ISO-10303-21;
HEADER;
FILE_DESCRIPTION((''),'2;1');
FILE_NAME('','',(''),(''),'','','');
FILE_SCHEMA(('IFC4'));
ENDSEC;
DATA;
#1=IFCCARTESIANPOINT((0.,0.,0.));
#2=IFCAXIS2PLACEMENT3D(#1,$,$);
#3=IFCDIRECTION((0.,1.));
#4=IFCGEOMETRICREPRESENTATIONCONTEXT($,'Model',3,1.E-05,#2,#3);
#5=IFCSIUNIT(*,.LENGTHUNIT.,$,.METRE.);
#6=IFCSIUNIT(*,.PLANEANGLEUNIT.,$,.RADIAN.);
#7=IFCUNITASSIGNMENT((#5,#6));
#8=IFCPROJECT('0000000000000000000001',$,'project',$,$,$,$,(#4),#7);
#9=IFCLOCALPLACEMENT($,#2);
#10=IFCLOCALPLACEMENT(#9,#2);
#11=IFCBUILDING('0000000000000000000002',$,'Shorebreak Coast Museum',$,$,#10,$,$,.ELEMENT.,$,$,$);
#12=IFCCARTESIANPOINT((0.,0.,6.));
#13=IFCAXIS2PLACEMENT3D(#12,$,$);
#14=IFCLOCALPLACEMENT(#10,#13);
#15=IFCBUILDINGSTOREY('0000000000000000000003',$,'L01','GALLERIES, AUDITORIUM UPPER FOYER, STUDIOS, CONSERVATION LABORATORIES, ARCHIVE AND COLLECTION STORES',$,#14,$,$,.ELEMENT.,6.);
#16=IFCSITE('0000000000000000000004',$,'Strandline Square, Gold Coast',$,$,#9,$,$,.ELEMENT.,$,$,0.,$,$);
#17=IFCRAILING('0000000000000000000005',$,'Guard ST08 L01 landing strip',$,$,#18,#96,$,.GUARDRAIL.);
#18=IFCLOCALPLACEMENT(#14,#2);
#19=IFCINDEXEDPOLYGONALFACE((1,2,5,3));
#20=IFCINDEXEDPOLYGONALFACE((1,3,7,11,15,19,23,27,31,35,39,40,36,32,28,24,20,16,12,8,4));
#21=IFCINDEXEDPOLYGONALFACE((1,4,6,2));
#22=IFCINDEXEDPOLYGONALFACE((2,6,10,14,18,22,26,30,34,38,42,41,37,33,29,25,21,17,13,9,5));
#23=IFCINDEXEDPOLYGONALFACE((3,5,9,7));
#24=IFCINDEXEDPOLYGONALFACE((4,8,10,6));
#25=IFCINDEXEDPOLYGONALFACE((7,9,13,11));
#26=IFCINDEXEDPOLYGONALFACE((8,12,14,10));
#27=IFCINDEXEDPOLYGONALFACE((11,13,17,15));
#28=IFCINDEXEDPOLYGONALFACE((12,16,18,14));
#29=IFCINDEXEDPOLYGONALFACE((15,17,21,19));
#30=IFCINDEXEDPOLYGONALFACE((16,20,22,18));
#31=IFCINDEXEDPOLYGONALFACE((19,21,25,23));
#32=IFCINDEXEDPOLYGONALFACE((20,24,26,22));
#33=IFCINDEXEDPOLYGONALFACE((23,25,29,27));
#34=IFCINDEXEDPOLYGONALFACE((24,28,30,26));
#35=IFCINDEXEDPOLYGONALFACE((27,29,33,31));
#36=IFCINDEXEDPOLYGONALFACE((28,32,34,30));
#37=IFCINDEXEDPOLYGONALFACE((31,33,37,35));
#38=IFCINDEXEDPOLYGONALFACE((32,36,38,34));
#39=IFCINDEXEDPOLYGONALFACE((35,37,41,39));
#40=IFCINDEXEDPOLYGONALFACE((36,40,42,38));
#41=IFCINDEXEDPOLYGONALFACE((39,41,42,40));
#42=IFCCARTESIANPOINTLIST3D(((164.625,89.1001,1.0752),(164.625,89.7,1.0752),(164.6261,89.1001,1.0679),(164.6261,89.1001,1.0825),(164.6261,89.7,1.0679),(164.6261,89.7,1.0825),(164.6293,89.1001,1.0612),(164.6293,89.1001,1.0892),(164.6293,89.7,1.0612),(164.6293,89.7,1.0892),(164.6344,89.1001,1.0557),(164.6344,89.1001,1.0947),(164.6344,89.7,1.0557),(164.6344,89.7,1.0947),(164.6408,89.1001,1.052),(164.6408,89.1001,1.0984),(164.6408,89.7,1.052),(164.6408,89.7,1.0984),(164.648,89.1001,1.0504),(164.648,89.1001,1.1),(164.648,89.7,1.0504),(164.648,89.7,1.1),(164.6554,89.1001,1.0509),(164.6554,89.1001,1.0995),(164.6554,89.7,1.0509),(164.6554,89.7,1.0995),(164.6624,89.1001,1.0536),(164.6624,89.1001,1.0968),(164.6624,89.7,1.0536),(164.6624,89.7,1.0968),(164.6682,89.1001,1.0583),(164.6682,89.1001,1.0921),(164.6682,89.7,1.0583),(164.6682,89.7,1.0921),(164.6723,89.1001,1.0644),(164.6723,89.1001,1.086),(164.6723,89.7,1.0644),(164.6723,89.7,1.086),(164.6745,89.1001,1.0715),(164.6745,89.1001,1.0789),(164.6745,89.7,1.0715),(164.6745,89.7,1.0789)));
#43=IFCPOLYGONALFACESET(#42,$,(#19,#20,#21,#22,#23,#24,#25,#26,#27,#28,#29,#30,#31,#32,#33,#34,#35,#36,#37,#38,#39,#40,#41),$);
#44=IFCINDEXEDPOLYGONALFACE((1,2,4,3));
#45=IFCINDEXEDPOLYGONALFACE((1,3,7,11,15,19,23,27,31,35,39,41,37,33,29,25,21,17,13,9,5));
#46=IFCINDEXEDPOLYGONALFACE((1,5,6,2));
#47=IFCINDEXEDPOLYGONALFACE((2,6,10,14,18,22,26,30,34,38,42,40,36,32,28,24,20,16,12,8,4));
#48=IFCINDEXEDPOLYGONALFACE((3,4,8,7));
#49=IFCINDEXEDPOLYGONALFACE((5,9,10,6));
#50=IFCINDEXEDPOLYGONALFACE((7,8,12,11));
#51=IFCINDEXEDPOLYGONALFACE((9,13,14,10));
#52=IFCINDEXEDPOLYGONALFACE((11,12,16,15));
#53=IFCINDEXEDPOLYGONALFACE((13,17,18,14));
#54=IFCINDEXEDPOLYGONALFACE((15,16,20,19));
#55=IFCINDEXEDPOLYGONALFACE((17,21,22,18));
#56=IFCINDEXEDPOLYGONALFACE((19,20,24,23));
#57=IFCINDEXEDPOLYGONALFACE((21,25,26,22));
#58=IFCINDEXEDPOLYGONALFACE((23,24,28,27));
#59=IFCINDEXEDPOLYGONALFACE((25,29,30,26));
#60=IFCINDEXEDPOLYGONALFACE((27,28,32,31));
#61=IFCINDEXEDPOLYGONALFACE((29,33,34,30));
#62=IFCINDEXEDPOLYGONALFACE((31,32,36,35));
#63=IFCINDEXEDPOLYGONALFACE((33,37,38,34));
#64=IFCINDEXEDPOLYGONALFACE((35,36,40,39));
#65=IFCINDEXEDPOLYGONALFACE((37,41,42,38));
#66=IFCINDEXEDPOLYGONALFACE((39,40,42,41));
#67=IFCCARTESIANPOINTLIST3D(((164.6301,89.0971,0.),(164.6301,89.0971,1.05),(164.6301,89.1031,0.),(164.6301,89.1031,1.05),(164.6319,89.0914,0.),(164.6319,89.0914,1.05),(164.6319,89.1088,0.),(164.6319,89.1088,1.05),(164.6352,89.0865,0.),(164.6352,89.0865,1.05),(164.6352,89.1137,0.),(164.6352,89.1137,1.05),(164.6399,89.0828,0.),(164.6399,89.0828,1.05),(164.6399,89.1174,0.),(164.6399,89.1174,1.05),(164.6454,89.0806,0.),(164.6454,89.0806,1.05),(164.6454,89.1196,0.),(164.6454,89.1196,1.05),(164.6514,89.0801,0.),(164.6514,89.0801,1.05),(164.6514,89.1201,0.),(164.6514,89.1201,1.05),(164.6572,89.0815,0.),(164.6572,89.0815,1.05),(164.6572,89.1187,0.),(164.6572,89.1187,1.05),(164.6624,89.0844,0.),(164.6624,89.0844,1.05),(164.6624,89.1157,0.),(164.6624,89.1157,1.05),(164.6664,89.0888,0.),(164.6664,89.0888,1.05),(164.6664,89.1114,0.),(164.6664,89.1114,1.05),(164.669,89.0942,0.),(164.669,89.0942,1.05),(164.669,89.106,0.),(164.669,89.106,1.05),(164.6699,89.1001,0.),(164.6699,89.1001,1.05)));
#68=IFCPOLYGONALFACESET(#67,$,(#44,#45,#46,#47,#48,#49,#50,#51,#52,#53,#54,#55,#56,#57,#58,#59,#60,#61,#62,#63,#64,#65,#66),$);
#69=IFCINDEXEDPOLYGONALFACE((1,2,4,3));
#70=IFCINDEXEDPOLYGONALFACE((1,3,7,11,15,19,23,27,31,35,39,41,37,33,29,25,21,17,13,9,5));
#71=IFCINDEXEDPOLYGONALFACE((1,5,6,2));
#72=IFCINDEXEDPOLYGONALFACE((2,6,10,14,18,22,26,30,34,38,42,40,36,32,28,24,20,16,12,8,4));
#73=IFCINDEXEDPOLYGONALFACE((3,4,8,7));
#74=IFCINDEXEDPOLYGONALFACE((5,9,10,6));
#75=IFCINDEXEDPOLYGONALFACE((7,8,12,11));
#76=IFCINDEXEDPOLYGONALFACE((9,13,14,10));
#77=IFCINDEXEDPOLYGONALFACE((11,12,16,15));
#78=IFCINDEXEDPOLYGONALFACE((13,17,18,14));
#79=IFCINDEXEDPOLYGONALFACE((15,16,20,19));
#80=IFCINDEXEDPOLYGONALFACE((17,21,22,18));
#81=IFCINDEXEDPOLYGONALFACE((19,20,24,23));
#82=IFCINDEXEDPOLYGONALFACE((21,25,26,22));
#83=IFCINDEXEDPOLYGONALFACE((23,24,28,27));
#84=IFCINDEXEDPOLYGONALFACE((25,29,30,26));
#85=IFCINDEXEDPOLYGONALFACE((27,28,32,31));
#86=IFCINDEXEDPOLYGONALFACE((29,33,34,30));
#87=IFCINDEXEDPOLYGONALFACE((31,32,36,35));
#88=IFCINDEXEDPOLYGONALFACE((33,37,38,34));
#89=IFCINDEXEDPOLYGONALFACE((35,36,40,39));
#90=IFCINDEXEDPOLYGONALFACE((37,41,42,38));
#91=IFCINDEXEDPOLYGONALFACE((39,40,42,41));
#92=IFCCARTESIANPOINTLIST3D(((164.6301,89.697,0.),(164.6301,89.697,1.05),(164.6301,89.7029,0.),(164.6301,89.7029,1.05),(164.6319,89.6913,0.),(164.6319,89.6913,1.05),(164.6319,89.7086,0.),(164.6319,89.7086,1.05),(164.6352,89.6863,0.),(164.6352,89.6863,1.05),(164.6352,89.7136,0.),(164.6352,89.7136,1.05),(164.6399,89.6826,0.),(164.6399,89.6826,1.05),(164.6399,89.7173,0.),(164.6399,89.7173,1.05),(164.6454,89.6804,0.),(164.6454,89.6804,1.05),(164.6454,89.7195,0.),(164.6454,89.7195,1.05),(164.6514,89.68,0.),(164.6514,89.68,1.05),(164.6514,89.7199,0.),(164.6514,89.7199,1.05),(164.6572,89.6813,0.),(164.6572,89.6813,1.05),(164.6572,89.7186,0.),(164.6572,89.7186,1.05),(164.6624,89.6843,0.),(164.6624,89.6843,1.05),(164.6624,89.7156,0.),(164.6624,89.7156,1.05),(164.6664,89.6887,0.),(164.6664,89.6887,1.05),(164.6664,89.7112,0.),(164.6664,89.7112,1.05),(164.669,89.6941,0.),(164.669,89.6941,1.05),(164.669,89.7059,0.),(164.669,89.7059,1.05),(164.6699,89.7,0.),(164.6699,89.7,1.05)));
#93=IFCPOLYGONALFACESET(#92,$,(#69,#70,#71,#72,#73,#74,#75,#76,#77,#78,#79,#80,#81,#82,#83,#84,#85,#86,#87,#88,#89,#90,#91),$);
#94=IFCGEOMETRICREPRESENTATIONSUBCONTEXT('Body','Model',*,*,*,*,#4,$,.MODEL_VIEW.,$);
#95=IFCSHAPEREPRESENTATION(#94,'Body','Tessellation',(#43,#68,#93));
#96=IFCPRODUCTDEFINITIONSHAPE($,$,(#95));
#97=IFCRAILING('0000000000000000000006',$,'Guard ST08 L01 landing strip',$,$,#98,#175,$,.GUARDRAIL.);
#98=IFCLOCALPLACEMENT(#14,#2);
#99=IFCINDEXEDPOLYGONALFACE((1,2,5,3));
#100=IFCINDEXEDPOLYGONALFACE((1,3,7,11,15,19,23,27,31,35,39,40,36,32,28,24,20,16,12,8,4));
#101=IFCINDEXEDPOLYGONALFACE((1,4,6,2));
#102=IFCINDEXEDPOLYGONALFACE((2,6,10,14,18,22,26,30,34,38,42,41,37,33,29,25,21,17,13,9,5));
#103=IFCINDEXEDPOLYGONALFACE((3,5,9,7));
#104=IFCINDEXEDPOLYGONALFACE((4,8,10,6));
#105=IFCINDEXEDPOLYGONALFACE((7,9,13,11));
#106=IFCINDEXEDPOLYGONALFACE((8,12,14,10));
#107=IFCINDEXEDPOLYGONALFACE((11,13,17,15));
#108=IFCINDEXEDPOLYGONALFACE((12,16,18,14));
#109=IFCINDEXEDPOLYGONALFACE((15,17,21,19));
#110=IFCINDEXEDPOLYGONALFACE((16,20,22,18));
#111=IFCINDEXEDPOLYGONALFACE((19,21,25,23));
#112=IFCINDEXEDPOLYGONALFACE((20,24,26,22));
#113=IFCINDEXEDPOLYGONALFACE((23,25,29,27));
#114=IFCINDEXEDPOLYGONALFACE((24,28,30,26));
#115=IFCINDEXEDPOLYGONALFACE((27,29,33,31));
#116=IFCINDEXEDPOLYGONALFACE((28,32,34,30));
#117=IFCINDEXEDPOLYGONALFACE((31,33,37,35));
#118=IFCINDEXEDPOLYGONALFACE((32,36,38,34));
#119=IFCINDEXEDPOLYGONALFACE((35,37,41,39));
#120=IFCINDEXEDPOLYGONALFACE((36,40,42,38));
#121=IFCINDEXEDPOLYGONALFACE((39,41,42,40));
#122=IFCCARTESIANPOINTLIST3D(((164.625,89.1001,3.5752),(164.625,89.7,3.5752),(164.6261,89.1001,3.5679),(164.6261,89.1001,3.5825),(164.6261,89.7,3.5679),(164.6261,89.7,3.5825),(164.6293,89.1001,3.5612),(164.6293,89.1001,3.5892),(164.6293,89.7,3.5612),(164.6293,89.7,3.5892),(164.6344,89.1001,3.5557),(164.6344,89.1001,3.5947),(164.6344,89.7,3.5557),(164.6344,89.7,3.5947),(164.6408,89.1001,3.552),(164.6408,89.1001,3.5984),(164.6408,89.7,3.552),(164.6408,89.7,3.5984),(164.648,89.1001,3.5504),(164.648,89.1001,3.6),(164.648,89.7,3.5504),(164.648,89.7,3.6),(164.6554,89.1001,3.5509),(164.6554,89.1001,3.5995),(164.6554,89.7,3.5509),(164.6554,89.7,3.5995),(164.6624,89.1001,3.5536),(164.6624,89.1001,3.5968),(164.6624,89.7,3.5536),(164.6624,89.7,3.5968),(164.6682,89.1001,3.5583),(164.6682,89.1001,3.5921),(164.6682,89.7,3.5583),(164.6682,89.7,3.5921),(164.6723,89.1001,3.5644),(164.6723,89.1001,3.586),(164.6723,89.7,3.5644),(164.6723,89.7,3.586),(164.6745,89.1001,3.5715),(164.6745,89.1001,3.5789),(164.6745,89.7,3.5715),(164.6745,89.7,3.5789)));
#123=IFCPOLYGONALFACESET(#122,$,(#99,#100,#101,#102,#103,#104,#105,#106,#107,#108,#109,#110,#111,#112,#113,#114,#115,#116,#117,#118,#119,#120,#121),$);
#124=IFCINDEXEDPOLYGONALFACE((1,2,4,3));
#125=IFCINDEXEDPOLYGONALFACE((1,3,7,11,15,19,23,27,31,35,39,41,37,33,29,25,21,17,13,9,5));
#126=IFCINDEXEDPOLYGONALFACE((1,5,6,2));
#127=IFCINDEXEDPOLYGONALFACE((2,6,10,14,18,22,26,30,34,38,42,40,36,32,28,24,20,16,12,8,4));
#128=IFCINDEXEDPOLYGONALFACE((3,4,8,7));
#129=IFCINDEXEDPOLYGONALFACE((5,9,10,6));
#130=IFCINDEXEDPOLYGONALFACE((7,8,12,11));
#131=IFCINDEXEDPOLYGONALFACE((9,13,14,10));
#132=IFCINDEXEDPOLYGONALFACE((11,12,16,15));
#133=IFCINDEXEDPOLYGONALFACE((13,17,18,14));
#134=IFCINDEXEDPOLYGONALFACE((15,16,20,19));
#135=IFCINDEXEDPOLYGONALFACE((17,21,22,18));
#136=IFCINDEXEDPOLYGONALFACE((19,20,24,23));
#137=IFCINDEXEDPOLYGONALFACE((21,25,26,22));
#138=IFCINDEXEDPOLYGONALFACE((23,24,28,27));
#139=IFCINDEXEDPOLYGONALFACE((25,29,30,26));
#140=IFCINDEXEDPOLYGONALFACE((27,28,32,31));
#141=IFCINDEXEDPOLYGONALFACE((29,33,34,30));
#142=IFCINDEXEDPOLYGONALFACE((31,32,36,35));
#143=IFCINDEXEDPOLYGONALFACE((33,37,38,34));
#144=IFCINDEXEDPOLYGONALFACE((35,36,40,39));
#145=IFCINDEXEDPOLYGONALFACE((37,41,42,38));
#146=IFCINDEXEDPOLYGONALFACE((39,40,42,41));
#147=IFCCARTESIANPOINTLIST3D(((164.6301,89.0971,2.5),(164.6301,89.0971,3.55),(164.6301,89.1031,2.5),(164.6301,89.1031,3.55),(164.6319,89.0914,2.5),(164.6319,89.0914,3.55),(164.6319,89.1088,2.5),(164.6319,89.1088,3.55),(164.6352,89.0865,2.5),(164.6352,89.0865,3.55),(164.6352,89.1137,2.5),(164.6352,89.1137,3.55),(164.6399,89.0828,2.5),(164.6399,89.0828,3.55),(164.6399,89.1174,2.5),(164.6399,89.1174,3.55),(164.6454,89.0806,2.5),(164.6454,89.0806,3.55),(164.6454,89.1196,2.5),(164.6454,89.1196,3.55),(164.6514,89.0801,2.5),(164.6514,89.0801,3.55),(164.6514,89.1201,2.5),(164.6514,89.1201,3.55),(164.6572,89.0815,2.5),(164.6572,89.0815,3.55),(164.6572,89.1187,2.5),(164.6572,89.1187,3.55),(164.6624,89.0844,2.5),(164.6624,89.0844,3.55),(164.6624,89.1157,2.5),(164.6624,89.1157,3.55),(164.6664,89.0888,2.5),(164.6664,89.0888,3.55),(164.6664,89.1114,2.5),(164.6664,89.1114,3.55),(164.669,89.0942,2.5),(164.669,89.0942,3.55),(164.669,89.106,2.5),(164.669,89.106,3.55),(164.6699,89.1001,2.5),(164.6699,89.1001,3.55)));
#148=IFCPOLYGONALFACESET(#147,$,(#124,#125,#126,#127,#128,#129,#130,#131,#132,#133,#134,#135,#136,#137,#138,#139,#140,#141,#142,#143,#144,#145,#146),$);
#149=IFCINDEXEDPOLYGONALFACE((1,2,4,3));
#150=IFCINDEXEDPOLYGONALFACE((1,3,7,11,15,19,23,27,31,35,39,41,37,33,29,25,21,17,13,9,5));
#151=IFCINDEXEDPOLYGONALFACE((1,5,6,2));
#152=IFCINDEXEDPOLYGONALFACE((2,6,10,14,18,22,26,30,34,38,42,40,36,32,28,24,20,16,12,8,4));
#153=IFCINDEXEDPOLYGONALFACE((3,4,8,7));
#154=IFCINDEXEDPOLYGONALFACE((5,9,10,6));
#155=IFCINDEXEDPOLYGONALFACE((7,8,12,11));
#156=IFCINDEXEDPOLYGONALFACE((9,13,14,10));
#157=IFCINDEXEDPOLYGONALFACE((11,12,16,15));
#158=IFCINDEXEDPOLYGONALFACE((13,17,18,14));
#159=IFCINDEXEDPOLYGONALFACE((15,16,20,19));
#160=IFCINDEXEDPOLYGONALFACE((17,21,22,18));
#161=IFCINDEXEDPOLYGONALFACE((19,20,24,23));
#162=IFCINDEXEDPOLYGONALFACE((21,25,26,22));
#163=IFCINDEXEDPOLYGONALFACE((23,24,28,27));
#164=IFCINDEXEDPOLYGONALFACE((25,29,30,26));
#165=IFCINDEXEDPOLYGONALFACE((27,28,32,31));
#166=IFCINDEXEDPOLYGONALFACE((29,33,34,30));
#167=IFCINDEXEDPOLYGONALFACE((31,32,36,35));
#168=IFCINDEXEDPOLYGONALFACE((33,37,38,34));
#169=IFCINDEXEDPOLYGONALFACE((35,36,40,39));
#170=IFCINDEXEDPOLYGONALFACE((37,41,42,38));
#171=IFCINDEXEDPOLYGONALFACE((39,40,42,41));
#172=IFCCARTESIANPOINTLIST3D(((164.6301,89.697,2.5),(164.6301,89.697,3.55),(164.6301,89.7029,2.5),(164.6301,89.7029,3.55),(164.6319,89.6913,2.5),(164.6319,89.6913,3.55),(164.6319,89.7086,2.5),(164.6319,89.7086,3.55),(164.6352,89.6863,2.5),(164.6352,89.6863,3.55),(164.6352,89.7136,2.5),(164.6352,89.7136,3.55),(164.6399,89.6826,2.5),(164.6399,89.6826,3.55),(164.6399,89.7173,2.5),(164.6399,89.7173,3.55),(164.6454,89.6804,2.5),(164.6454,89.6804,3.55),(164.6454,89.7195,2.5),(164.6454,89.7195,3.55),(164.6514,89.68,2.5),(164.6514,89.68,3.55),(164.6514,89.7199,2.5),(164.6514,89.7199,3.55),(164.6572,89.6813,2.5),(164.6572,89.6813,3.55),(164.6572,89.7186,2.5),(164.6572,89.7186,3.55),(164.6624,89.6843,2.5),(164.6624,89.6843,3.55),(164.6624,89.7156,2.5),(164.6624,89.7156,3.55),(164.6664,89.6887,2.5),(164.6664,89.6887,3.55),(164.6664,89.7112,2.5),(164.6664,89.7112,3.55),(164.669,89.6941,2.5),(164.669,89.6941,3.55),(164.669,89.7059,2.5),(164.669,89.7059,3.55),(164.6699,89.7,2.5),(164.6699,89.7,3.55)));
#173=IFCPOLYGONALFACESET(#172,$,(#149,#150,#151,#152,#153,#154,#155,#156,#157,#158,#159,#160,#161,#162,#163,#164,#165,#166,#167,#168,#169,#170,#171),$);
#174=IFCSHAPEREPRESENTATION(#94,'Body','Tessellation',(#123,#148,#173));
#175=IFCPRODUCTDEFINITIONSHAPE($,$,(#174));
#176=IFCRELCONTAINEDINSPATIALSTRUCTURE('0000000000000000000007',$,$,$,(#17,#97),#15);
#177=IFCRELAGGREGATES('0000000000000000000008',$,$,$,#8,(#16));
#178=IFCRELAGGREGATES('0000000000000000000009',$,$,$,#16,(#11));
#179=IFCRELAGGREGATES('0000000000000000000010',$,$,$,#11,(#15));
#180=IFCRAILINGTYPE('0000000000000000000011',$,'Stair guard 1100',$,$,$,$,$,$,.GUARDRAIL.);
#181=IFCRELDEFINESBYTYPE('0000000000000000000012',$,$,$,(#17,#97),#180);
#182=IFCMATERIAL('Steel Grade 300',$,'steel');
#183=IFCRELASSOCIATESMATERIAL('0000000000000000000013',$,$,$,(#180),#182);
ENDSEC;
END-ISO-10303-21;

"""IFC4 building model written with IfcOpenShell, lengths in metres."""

from ifc_helpers import new_model, si_unit, direction, frame, origin, origin_2d, place, context, subcontext, project, spatial, circle, extrude, material, type_object, element, save


model = new_model("IFC4")

# Units and contexts
model_context = context("Model", 3, precision=1e-05, world=origin(), true_north=direction((0.0, 1.0)))
body_context = subcontext(model_context, "Body", "Model", "MODEL_VIEW")
ifc_project = project(units=[si_unit("LENGTHUNIT", "METRE"), si_unit("PLANEANGLEUNIT", "RADIAN")], contexts=[model_context])

# Site, building, storey
site_placement = place(None, origin())
site = spatial("IfcSite", under=ifc_project, at=site_placement, Name="Strandline Square, Gold Coast", CompositionType="ELEMENT", RefElevation=0.0)
building_placement = place(site_placement, origin())
building = spatial("IfcBuilding", under=site, at=building_placement, Name="Shorebreak Coast Museum", CompositionType="ELEMENT")
storey_placement = place(building_placement, frame((0.0, 0.0, 6.0)))
storey = spatial("IfcBuildingStorey", under=building, at=storey_placement, Name="L01", Description="GALLERIES, AUDITORIUM UPPER FOYER, STUDIOS, CONSERVATION LABORATORIES, ARCHIVE AND COLLECTION STORES", CompositionType="ELEMENT", Elevation=6.0)

# Railings
ifc_material_1 = material(Name="Steel Grade 300", Category="steel")
railing_type_1 = type_object("IfcRailingType", Name="Stair guard 1100", PredefinedType="GUARDRAIL", material=ifc_material_1)
for number, where, name in (
    (1, (164.6499, 89.1001, 0.0), "Guard ST08 L01 landing strip"),
    (2, (164.6499, 89.1001, 2.5), "Guard ST08 L01 landing strip"),
):
    element("IfcRailing", number, at=place(storey_placement, frame(where)), inside=storey, type_object=railing_type_1, Name=name, PredefinedType="GUARDRAIL", context=body_context, shape_type="SweptSolid", body=[
        extrude(circle(Radius=0.0249, at=origin_2d()), frame((0.0, 0.0, 1.0752), z_axis=(0.0, 1.0, 0.0), x_axis=(-1.0, 0.0, 0.0)), (0.0, 0.0, 1.0), 0.5999),
        extrude(circle(Radius=0.02, at=origin_2d()), origin(), (0.0, 0.0, 1.0), 1.05),
        extrude(circle(Radius=0.02, at=origin_2d()), frame((0.0, 0.5999, 0.0)), (0.0, 0.0, 1.0), 1.05),
    ])

save(model, "model.ifc")
